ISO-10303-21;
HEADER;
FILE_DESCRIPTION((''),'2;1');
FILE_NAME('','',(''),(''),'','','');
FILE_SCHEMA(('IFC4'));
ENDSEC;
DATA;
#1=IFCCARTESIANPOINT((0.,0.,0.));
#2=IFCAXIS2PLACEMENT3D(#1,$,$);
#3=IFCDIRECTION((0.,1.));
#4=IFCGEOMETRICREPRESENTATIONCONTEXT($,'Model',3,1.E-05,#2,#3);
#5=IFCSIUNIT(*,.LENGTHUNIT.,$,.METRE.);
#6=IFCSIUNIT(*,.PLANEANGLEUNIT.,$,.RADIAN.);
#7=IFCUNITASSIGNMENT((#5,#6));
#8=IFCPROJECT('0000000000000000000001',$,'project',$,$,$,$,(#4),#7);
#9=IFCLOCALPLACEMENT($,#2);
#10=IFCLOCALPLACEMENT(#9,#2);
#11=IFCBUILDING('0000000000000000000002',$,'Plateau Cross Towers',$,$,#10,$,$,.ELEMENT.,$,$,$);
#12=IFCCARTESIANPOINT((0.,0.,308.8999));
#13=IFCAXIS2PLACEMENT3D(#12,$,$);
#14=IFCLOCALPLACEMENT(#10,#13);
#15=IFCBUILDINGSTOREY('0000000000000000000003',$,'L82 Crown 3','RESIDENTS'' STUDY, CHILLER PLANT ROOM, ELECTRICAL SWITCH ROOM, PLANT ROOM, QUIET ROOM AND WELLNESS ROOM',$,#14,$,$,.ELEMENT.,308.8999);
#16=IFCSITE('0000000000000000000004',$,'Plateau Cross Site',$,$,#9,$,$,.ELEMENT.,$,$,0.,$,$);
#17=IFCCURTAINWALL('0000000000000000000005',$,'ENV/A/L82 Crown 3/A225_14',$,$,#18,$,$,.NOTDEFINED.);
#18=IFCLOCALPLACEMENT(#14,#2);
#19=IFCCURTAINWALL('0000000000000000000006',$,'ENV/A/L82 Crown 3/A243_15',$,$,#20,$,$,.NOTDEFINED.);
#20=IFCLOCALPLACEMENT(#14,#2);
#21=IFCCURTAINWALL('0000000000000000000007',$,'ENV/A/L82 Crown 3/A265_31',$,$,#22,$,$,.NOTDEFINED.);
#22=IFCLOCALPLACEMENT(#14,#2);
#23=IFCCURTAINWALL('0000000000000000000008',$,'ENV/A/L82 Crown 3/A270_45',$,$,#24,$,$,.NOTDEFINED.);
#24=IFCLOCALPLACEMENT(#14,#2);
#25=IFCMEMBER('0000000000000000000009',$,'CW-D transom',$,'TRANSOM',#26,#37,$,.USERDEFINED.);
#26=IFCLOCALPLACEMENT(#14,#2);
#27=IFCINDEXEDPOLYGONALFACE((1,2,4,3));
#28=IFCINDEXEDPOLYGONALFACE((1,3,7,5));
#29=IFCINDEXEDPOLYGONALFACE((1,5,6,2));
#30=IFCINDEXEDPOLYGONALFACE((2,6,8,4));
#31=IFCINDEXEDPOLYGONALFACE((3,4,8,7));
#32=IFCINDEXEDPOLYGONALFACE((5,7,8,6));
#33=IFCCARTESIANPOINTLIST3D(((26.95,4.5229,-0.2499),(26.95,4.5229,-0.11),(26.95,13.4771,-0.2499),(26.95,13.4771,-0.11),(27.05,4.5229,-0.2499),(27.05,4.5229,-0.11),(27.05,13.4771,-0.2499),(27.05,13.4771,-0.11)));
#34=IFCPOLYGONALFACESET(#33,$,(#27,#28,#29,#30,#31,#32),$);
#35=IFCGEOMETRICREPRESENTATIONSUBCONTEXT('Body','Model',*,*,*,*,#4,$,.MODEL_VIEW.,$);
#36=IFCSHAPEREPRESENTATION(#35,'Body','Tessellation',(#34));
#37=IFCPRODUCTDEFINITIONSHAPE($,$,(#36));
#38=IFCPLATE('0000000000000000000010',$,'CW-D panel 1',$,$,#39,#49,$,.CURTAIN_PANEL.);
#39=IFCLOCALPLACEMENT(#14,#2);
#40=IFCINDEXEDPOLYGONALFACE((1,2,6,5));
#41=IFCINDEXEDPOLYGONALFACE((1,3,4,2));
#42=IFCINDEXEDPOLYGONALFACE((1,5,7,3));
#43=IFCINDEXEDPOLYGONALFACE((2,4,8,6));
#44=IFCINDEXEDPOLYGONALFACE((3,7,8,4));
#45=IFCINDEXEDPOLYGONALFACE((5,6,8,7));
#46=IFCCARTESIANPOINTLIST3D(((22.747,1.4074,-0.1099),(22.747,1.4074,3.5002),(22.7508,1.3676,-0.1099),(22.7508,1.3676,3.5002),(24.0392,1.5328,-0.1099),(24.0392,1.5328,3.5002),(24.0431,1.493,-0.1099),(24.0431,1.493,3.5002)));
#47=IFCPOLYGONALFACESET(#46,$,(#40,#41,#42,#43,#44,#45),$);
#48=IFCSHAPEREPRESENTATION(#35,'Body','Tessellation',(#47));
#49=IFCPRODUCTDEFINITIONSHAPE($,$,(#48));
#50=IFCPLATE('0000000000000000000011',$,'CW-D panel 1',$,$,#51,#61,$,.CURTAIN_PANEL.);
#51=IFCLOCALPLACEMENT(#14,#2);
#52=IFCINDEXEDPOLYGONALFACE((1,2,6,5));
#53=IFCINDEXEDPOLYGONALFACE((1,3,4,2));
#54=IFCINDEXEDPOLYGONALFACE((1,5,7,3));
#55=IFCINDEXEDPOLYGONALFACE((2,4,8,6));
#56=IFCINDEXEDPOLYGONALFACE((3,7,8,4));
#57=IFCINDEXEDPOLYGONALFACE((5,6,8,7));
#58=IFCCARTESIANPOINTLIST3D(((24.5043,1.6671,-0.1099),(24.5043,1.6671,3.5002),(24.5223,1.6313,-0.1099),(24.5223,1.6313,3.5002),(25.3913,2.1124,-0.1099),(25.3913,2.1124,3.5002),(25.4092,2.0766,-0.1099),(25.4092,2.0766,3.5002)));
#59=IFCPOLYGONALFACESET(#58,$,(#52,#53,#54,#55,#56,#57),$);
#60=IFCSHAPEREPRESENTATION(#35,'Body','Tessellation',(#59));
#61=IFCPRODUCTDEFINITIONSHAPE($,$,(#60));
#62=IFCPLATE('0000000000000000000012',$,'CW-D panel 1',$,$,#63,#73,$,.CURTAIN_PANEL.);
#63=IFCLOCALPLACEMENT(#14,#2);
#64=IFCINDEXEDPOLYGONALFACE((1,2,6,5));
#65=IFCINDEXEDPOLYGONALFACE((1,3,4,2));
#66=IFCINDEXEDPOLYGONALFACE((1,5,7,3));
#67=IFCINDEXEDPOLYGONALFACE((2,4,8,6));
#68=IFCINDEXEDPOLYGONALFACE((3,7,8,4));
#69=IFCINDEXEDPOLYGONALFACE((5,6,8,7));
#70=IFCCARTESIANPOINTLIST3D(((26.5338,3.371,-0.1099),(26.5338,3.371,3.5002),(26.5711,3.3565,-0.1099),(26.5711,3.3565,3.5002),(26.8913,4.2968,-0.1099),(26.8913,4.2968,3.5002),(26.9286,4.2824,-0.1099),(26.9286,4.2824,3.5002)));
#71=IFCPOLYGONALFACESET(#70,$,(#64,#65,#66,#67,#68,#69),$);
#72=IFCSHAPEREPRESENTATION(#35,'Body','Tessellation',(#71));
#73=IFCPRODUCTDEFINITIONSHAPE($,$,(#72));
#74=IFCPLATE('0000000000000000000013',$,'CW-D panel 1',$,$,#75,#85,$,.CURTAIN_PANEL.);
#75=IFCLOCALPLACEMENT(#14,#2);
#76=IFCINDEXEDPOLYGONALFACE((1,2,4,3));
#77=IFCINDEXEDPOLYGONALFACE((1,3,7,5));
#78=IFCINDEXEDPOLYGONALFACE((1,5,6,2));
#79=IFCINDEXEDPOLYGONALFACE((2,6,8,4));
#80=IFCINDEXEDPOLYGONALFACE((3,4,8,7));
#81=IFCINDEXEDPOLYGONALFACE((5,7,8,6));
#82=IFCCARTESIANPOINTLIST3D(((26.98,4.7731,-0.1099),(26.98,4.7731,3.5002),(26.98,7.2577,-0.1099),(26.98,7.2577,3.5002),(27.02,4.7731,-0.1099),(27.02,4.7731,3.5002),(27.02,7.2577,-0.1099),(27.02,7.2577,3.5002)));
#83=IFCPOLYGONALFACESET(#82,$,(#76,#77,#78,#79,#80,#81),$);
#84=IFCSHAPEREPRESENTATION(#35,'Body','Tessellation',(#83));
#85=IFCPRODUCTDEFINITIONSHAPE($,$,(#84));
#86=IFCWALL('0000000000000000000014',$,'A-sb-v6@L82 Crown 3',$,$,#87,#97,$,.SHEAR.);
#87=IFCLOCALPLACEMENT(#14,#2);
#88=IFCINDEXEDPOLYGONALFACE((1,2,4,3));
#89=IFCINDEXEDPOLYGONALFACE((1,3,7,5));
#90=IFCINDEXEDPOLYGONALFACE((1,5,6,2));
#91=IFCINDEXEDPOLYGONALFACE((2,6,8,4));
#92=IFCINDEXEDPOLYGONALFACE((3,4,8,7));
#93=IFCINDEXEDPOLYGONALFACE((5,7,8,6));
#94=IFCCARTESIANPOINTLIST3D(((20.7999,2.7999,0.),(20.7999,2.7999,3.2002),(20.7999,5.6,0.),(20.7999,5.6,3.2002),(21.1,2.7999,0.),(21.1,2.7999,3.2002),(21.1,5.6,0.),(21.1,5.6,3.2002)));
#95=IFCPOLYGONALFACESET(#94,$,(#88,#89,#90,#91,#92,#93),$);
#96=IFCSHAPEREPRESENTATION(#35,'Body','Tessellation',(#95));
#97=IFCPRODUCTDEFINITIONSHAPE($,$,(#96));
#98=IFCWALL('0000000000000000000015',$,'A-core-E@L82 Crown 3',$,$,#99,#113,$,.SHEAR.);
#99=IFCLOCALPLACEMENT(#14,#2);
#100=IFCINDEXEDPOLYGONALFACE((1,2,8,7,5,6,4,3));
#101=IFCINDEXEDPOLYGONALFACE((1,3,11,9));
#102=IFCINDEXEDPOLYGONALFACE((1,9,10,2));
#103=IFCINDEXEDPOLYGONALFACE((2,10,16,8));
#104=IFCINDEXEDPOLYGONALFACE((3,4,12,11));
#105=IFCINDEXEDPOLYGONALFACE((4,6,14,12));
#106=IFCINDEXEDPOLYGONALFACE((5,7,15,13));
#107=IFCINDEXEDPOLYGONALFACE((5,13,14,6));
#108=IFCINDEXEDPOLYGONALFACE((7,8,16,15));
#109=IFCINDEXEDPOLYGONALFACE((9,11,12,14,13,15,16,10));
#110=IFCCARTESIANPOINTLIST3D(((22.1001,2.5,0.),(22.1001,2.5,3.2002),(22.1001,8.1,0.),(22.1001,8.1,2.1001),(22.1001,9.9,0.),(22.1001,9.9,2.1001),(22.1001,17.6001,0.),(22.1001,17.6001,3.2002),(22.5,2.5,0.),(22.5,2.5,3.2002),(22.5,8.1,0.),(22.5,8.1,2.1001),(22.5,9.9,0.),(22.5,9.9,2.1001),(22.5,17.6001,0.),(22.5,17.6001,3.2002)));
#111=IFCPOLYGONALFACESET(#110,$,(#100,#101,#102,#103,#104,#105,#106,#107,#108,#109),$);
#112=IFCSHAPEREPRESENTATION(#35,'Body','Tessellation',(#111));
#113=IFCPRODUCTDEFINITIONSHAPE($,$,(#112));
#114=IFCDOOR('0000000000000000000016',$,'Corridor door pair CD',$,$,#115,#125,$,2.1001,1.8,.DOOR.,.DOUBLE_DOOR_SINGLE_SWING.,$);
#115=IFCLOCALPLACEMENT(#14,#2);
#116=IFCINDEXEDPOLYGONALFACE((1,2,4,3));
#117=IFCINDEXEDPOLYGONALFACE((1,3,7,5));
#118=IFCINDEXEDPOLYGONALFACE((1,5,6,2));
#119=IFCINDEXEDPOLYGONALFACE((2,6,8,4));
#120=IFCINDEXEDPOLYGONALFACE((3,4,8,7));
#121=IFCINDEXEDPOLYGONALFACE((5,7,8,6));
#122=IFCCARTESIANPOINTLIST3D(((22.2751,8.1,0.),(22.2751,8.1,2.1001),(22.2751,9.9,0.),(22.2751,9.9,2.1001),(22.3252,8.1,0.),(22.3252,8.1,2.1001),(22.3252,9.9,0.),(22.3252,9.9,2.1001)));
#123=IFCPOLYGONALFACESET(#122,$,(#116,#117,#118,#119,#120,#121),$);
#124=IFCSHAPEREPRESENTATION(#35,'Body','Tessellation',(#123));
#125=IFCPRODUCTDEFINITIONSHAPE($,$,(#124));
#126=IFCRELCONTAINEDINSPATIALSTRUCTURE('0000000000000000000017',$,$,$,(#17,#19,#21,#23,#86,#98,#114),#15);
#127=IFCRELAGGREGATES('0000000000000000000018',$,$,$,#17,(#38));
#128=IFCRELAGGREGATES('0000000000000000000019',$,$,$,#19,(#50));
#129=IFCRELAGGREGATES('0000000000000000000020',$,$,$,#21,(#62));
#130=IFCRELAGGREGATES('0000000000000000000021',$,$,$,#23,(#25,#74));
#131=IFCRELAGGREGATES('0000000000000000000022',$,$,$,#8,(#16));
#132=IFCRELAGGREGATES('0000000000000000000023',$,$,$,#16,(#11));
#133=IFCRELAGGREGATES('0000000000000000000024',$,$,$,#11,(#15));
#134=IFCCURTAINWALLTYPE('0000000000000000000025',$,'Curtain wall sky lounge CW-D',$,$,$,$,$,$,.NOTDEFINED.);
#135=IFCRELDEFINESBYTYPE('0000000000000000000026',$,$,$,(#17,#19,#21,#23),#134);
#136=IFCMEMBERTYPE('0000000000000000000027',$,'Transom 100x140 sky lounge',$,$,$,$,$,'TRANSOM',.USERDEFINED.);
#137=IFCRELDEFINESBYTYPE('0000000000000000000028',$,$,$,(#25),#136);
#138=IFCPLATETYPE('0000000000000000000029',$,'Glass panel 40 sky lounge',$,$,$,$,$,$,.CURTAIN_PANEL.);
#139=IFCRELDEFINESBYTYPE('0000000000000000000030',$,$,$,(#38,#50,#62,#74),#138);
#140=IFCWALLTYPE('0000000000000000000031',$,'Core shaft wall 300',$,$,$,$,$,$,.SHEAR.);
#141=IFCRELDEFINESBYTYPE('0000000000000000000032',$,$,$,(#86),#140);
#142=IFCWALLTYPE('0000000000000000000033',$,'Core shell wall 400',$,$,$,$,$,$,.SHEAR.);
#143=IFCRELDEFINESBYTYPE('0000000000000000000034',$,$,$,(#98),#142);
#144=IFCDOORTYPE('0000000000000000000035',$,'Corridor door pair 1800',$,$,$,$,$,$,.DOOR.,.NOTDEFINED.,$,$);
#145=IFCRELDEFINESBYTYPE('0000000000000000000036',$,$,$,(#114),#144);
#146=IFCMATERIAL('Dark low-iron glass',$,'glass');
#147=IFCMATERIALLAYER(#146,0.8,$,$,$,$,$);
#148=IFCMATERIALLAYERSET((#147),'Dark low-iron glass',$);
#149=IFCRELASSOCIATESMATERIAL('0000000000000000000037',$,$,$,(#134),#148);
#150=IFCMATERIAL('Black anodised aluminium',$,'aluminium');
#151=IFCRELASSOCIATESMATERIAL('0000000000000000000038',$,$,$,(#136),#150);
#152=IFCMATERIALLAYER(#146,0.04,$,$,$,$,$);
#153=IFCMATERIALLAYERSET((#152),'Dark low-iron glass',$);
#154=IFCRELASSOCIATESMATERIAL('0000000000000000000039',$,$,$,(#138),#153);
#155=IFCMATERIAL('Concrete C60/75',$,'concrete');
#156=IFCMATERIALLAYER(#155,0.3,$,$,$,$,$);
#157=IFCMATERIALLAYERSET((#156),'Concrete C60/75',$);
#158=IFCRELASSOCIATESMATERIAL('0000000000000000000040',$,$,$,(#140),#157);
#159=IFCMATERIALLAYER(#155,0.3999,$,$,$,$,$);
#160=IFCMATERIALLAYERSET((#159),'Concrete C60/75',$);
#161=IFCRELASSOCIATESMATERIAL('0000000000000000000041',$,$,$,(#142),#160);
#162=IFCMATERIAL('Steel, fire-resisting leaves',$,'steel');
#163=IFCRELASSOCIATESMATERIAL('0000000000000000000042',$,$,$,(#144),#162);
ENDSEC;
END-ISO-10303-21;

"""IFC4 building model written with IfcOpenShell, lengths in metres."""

from ifc_helpers import new_model, si_unit, direction, frame, frame_2d, origin, origin_2d, place, context, subcontext, project, spatial, rectangle, extrude, material, layer, layer_set, material_profile, profile_set, type_object, element, fill, aggregate, save


model = new_model("IFC4")

# Units and contexts
model_context = context("Model", 3, precision=1e-05, world=origin(), true_north=direction((0.0, 1.0)))
body_context = subcontext(model_context, "Body", "Model", "MODEL_VIEW")
ifc_project = project(units=[si_unit("LENGTHUNIT", "METRE"), si_unit("PLANEANGLEUNIT", "RADIAN")], contexts=[model_context])

# Site, building, storey
site_placement = place(None, origin())
site = spatial("IfcSite", under=ifc_project, at=site_placement, Name="Plateau Cross Site", CompositionType="ELEMENT", RefElevation=0.0)
building_placement = place(site_placement, origin())
building = spatial("IfcBuilding", under=site, at=building_placement, Name="Plateau Cross Towers", CompositionType="ELEMENT")
storey_placement = place(building_placement, frame((0.0, 0.0, 308.8999)))
storey = spatial("IfcBuildingStorey", under=building, at=storey_placement, Name="L82 Crown 3", Description="RESIDENTS' STUDY, CHILLER PLANT ROOM, ELECTRICAL SWITCH ROOM, PLANT ROOM, QUIET ROOM AND WELLNESS ROOM", CompositionType="ELEMENT", Elevation=308.8999)

# Shared definitions
ifc_material_1 = material(Name="Concrete C60/75", Category="concrete")

# Curtain wall
ifc_material_2 = material(Name="Dark low-iron glass", Category="glass")
ifc_layer_1 = layer(ifc_material_2, 0.8)
ifc_layer_set_1 = layer_set([ifc_layer_1], Name="Dark low-iron glass")
curtain_wall_type = type_object("IfcCurtainWallType", Name="Curtain wall sky lounge CW-D", PredefinedType="NOTDEFINED", material=ifc_layer_set_1)
curtain_wall_1_placement = place(storey_placement, origin())
curtain_wall_1 = element("IfcCurtainWall", 1, at=curtain_wall_1_placement, inside=storey, type_object=curtain_wall_type, Name="ENV/A/L82 Crown 3/A225_14", PredefinedType="NOTDEFINED")
ifc_material_3 = material(Name="Black anodised aluminium", Category="aluminium")

# Curtain wall
curtain_wall_2_placement = place(storey_placement, origin())
curtain_wall_2 = element("IfcCurtainWall", 2, at=curtain_wall_2_placement, inside=storey, type_object=curtain_wall_type, Name="ENV/A/L82 Crown 3/A243_15", PredefinedType="NOTDEFINED")

# Curtain wall
curtain_wall_3_placement = place(storey_placement, origin())
curtain_wall_3 = element("IfcCurtainWall", 3, at=curtain_wall_3_placement, inside=storey, type_object=curtain_wall_type, Name="ENV/A/L82 Crown 3/A265_31", PredefinedType="NOTDEFINED")

# Curtain wall
curtain_wall_4_placement = place(storey_placement, origin())
curtain_wall_4 = element("IfcCurtainWall", 4, at=curtain_wall_4_placement, inside=storey, type_object=curtain_wall_type, Name="ENV/A/L82 Crown 3/A270_45", PredefinedType="NOTDEFINED")

# Member
ifc_material_profile_1 = material_profile(ifc_material_3, rectangle(XDim=0.1001, YDim=0.1399, at=origin_2d()), Name="TRANSOM 100x140")
ifc_profile_set_1 = profile_set([ifc_material_profile_1], Name="Black anodised aluminium")
member_type_1 = type_object("IfcMemberType", Name="Transom 100x140 sky lounge", ElementType="TRANSOM", PredefinedType="USERDEFINED", material=ifc_profile_set_1)
member_1_placement = place(storey_placement, frame((27.0, 4.5229, -0.1799), z_axis=(0.0, 1.0, 0.0), x_axis=(-1.0, 0.0, 0.0)))
member_1 = element("IfcMember", 5, at=member_1_placement, type_object=member_type_1, Name="CW-D transom", ObjectType="TRANSOM", PredefinedType="USERDEFINED", context=body_context, shape_type="SweptSolid", body=[
    extrude(rectangle(XDim=0.1001, YDim=0.1399, at=origin_2d()), origin(), (0.0, 0.0, 1.0), 8.9541),
])

# Plates
ifc_layer_2 = layer(ifc_material_2, 0.04)
ifc_layer_set_2 = layer_set([ifc_layer_2], Name="Dark low-iron glass")
plate_type = type_object("IfcPlateType", Name="Glass panel 40 sky lounge", PredefinedType="CURTAIN_PANEL", material=ifc_layer_set_2)
plate_1_placement = place(storey_placement, frame((23.395, 1.4502, -0.1099), z_axis=(0.0, 0.0, 1.0), x_axis=(0.995323, 0.096606, 0.0)))
plate_1 = element("IfcPlate", 6, at=plate_1_placement, type_object=plate_type, Name="CW-D panel 1", PredefinedType="CURTAIN_PANEL", context=body_context, shape_type="SweptSolid", body=[
    extrude(rectangle(XDim=1.2983, YDim=0.04, at=origin_2d()), origin(), (0.0, 0.0, 1.0), 3.6101),
])
aggregate(curtain_wall_1, [plate_1])
plate_2_placement = place(storey_placement, frame((24.9568, 1.8718, -0.1099), z_axis=(0.0, 0.0, 1.0), x_axis=(0.893702, 0.448661, 0.0)))
plate_2 = element("IfcPlate", 7, at=plate_2_placement, type_object=plate_type, Name="CW-D panel 1", PredefinedType="CURTAIN_PANEL", context=body_context, shape_type="SweptSolid", body=[
    extrude(rectangle(XDim=0.9924, YDim=0.04, at=origin_2d()), origin(), (0.0, 0.0, 1.0), 3.6101),
])
aggregate(curtain_wall_2, [plate_2])
plate_3_placement = place(storey_placement, frame((26.7312, 3.8267, -0.1099), z_axis=(0.0, 0.0, 1.0), x_axis=(0.360226, 0.932865, 0.0)))
plate_3 = element("IfcPlate", 8, at=plate_3_placement, type_object=plate_type, Name="CW-D panel 1", PredefinedType="CURTAIN_PANEL", context=body_context, shape_type="SweptSolid", body=[
    extrude(rectangle(XDim=0.9924, YDim=0.04, at=origin_2d()), origin(), (0.0, 0.0, 1.0), 3.6101),
])
aggregate(curtain_wall_3, [plate_3])
plate_4_placement = place(storey_placement, frame((27.0, 6.0154, -0.1099), z_axis=(0.0, 0.0, 1.0), x_axis=(0.0, 1.0, 0.0)))
plate_4 = element("IfcPlate", 9, at=plate_4_placement, type_object=plate_type, Name="CW-D panel 1", PredefinedType="CURTAIN_PANEL", context=body_context, shape_type="SweptSolid", body=[
    extrude(rectangle(XDim=2.4846, YDim=0.04, at=origin_2d()), origin(), (0.0, 0.0, 1.0), 3.6101),
])
aggregate(curtain_wall_4, [member_1, plate_4])

# Wall
ifc_layer_3 = layer(ifc_material_1, 0.3)
ifc_layer_set_3 = layer_set([ifc_layer_3], Name="Concrete C60/75")
wall_type_1 = type_object("IfcWallType", Name="Core shaft wall 300", PredefinedType="SHEAR", material=ifc_layer_set_3)
wall_1_placement = place(storey_placement, frame((20.95, 2.8, 0.0), z_axis=(0.0, 0.0, 1.0), x_axis=(0.0, 1.0, 0.0)))
element("IfcWall", 10, at=wall_1_placement, inside=storey, type_object=wall_type_1, Name="A-sb-v6@L82 Crown 3", PredefinedType="SHEAR", context=body_context, shape_type="SweptSolid", body=[
    extrude(rectangle(XDim=2.8, YDim=0.3, at=frame_2d((1.3999, 0.0))), origin(), (0.0, 0.0, 1.0), 3.2002),
])

# Wall, opening, door
ifc_layer_4 = layer(ifc_material_1, 0.3999)
ifc_layer_set_4 = layer_set([ifc_layer_4], Name="Concrete C60/75")
wall_type_2 = type_object("IfcWallType", Name="Core shell wall 400", PredefinedType="SHEAR", material=ifc_layer_set_4)
wall_2_placement = place(storey_placement, frame((22.3, 2.5, 0.0), z_axis=(0.0, 0.0, 1.0), x_axis=(0.0, 1.0, 0.0)))
wall_2 = element("IfcWall", 11, at=wall_2_placement, inside=storey, type_object=wall_type_2, Name="A-core-E@L82 Crown 3", PredefinedType="SHEAR", context=body_context, shape_type="SweptSolid", body=[
    extrude(rectangle(XDim=15.1001, YDim=0.3999, at=frame_2d((7.55, 0.0))), origin(), (0.0, 0.0, 1.0), 3.2002),
])
opening_1_placement = place(wall_2_placement, frame((5.6001, 0.0, 0.0)))
opening_1 = element("IfcOpeningElement", 12, at=opening_1_placement, cuts=wall_2, PredefinedType="OPENING", context=body_context, shape_type="SweptSolid", body=[
    extrude(rectangle(XDim=1.8, YDim=2.1001, at=frame_2d((0.8999, 1.05))), frame((0.0, 0.21, 0.0), z_axis=(0.0, -1.0, 0.0), x_axis=(1.0, 0.0, 0.0)), (0.0, 0.0, 1.0), 0.4199),
])
ifc_material_4 = material(Name="Steel, fire-resisting leaves", Category="steel")
door_type_1 = type_object("IfcDoorType", Name="Corridor door pair 1800", OperationType="NOTDEFINED", PredefinedType="DOOR", material=ifc_material_4)
door_1_placement = place(opening_1_placement, origin())
door_1 = element("IfcDoor", 13, at=door_1_placement, inside=storey, type_object=door_type_1, Name="Corridor door pair CD", OperationType="DOUBLE_DOOR_SINGLE_SWING", OverallHeight=2.1001, OverallWidth=1.8, PredefinedType="DOOR", context=body_context, shape_type="SweptSolid", body=[
    extrude(rectangle(XDim=1.8, YDim=2.1001, at=frame_2d((0.8999, 1.05))), frame((0.0, 0.0249, 0.0), z_axis=(0.0, -1.0, 0.0), x_axis=(1.0, 0.0, 0.0)), (0.0, 0.0, 1.0), 0.05),
])
fill(opening_1, door_1)

save(model, "model.ifc")
